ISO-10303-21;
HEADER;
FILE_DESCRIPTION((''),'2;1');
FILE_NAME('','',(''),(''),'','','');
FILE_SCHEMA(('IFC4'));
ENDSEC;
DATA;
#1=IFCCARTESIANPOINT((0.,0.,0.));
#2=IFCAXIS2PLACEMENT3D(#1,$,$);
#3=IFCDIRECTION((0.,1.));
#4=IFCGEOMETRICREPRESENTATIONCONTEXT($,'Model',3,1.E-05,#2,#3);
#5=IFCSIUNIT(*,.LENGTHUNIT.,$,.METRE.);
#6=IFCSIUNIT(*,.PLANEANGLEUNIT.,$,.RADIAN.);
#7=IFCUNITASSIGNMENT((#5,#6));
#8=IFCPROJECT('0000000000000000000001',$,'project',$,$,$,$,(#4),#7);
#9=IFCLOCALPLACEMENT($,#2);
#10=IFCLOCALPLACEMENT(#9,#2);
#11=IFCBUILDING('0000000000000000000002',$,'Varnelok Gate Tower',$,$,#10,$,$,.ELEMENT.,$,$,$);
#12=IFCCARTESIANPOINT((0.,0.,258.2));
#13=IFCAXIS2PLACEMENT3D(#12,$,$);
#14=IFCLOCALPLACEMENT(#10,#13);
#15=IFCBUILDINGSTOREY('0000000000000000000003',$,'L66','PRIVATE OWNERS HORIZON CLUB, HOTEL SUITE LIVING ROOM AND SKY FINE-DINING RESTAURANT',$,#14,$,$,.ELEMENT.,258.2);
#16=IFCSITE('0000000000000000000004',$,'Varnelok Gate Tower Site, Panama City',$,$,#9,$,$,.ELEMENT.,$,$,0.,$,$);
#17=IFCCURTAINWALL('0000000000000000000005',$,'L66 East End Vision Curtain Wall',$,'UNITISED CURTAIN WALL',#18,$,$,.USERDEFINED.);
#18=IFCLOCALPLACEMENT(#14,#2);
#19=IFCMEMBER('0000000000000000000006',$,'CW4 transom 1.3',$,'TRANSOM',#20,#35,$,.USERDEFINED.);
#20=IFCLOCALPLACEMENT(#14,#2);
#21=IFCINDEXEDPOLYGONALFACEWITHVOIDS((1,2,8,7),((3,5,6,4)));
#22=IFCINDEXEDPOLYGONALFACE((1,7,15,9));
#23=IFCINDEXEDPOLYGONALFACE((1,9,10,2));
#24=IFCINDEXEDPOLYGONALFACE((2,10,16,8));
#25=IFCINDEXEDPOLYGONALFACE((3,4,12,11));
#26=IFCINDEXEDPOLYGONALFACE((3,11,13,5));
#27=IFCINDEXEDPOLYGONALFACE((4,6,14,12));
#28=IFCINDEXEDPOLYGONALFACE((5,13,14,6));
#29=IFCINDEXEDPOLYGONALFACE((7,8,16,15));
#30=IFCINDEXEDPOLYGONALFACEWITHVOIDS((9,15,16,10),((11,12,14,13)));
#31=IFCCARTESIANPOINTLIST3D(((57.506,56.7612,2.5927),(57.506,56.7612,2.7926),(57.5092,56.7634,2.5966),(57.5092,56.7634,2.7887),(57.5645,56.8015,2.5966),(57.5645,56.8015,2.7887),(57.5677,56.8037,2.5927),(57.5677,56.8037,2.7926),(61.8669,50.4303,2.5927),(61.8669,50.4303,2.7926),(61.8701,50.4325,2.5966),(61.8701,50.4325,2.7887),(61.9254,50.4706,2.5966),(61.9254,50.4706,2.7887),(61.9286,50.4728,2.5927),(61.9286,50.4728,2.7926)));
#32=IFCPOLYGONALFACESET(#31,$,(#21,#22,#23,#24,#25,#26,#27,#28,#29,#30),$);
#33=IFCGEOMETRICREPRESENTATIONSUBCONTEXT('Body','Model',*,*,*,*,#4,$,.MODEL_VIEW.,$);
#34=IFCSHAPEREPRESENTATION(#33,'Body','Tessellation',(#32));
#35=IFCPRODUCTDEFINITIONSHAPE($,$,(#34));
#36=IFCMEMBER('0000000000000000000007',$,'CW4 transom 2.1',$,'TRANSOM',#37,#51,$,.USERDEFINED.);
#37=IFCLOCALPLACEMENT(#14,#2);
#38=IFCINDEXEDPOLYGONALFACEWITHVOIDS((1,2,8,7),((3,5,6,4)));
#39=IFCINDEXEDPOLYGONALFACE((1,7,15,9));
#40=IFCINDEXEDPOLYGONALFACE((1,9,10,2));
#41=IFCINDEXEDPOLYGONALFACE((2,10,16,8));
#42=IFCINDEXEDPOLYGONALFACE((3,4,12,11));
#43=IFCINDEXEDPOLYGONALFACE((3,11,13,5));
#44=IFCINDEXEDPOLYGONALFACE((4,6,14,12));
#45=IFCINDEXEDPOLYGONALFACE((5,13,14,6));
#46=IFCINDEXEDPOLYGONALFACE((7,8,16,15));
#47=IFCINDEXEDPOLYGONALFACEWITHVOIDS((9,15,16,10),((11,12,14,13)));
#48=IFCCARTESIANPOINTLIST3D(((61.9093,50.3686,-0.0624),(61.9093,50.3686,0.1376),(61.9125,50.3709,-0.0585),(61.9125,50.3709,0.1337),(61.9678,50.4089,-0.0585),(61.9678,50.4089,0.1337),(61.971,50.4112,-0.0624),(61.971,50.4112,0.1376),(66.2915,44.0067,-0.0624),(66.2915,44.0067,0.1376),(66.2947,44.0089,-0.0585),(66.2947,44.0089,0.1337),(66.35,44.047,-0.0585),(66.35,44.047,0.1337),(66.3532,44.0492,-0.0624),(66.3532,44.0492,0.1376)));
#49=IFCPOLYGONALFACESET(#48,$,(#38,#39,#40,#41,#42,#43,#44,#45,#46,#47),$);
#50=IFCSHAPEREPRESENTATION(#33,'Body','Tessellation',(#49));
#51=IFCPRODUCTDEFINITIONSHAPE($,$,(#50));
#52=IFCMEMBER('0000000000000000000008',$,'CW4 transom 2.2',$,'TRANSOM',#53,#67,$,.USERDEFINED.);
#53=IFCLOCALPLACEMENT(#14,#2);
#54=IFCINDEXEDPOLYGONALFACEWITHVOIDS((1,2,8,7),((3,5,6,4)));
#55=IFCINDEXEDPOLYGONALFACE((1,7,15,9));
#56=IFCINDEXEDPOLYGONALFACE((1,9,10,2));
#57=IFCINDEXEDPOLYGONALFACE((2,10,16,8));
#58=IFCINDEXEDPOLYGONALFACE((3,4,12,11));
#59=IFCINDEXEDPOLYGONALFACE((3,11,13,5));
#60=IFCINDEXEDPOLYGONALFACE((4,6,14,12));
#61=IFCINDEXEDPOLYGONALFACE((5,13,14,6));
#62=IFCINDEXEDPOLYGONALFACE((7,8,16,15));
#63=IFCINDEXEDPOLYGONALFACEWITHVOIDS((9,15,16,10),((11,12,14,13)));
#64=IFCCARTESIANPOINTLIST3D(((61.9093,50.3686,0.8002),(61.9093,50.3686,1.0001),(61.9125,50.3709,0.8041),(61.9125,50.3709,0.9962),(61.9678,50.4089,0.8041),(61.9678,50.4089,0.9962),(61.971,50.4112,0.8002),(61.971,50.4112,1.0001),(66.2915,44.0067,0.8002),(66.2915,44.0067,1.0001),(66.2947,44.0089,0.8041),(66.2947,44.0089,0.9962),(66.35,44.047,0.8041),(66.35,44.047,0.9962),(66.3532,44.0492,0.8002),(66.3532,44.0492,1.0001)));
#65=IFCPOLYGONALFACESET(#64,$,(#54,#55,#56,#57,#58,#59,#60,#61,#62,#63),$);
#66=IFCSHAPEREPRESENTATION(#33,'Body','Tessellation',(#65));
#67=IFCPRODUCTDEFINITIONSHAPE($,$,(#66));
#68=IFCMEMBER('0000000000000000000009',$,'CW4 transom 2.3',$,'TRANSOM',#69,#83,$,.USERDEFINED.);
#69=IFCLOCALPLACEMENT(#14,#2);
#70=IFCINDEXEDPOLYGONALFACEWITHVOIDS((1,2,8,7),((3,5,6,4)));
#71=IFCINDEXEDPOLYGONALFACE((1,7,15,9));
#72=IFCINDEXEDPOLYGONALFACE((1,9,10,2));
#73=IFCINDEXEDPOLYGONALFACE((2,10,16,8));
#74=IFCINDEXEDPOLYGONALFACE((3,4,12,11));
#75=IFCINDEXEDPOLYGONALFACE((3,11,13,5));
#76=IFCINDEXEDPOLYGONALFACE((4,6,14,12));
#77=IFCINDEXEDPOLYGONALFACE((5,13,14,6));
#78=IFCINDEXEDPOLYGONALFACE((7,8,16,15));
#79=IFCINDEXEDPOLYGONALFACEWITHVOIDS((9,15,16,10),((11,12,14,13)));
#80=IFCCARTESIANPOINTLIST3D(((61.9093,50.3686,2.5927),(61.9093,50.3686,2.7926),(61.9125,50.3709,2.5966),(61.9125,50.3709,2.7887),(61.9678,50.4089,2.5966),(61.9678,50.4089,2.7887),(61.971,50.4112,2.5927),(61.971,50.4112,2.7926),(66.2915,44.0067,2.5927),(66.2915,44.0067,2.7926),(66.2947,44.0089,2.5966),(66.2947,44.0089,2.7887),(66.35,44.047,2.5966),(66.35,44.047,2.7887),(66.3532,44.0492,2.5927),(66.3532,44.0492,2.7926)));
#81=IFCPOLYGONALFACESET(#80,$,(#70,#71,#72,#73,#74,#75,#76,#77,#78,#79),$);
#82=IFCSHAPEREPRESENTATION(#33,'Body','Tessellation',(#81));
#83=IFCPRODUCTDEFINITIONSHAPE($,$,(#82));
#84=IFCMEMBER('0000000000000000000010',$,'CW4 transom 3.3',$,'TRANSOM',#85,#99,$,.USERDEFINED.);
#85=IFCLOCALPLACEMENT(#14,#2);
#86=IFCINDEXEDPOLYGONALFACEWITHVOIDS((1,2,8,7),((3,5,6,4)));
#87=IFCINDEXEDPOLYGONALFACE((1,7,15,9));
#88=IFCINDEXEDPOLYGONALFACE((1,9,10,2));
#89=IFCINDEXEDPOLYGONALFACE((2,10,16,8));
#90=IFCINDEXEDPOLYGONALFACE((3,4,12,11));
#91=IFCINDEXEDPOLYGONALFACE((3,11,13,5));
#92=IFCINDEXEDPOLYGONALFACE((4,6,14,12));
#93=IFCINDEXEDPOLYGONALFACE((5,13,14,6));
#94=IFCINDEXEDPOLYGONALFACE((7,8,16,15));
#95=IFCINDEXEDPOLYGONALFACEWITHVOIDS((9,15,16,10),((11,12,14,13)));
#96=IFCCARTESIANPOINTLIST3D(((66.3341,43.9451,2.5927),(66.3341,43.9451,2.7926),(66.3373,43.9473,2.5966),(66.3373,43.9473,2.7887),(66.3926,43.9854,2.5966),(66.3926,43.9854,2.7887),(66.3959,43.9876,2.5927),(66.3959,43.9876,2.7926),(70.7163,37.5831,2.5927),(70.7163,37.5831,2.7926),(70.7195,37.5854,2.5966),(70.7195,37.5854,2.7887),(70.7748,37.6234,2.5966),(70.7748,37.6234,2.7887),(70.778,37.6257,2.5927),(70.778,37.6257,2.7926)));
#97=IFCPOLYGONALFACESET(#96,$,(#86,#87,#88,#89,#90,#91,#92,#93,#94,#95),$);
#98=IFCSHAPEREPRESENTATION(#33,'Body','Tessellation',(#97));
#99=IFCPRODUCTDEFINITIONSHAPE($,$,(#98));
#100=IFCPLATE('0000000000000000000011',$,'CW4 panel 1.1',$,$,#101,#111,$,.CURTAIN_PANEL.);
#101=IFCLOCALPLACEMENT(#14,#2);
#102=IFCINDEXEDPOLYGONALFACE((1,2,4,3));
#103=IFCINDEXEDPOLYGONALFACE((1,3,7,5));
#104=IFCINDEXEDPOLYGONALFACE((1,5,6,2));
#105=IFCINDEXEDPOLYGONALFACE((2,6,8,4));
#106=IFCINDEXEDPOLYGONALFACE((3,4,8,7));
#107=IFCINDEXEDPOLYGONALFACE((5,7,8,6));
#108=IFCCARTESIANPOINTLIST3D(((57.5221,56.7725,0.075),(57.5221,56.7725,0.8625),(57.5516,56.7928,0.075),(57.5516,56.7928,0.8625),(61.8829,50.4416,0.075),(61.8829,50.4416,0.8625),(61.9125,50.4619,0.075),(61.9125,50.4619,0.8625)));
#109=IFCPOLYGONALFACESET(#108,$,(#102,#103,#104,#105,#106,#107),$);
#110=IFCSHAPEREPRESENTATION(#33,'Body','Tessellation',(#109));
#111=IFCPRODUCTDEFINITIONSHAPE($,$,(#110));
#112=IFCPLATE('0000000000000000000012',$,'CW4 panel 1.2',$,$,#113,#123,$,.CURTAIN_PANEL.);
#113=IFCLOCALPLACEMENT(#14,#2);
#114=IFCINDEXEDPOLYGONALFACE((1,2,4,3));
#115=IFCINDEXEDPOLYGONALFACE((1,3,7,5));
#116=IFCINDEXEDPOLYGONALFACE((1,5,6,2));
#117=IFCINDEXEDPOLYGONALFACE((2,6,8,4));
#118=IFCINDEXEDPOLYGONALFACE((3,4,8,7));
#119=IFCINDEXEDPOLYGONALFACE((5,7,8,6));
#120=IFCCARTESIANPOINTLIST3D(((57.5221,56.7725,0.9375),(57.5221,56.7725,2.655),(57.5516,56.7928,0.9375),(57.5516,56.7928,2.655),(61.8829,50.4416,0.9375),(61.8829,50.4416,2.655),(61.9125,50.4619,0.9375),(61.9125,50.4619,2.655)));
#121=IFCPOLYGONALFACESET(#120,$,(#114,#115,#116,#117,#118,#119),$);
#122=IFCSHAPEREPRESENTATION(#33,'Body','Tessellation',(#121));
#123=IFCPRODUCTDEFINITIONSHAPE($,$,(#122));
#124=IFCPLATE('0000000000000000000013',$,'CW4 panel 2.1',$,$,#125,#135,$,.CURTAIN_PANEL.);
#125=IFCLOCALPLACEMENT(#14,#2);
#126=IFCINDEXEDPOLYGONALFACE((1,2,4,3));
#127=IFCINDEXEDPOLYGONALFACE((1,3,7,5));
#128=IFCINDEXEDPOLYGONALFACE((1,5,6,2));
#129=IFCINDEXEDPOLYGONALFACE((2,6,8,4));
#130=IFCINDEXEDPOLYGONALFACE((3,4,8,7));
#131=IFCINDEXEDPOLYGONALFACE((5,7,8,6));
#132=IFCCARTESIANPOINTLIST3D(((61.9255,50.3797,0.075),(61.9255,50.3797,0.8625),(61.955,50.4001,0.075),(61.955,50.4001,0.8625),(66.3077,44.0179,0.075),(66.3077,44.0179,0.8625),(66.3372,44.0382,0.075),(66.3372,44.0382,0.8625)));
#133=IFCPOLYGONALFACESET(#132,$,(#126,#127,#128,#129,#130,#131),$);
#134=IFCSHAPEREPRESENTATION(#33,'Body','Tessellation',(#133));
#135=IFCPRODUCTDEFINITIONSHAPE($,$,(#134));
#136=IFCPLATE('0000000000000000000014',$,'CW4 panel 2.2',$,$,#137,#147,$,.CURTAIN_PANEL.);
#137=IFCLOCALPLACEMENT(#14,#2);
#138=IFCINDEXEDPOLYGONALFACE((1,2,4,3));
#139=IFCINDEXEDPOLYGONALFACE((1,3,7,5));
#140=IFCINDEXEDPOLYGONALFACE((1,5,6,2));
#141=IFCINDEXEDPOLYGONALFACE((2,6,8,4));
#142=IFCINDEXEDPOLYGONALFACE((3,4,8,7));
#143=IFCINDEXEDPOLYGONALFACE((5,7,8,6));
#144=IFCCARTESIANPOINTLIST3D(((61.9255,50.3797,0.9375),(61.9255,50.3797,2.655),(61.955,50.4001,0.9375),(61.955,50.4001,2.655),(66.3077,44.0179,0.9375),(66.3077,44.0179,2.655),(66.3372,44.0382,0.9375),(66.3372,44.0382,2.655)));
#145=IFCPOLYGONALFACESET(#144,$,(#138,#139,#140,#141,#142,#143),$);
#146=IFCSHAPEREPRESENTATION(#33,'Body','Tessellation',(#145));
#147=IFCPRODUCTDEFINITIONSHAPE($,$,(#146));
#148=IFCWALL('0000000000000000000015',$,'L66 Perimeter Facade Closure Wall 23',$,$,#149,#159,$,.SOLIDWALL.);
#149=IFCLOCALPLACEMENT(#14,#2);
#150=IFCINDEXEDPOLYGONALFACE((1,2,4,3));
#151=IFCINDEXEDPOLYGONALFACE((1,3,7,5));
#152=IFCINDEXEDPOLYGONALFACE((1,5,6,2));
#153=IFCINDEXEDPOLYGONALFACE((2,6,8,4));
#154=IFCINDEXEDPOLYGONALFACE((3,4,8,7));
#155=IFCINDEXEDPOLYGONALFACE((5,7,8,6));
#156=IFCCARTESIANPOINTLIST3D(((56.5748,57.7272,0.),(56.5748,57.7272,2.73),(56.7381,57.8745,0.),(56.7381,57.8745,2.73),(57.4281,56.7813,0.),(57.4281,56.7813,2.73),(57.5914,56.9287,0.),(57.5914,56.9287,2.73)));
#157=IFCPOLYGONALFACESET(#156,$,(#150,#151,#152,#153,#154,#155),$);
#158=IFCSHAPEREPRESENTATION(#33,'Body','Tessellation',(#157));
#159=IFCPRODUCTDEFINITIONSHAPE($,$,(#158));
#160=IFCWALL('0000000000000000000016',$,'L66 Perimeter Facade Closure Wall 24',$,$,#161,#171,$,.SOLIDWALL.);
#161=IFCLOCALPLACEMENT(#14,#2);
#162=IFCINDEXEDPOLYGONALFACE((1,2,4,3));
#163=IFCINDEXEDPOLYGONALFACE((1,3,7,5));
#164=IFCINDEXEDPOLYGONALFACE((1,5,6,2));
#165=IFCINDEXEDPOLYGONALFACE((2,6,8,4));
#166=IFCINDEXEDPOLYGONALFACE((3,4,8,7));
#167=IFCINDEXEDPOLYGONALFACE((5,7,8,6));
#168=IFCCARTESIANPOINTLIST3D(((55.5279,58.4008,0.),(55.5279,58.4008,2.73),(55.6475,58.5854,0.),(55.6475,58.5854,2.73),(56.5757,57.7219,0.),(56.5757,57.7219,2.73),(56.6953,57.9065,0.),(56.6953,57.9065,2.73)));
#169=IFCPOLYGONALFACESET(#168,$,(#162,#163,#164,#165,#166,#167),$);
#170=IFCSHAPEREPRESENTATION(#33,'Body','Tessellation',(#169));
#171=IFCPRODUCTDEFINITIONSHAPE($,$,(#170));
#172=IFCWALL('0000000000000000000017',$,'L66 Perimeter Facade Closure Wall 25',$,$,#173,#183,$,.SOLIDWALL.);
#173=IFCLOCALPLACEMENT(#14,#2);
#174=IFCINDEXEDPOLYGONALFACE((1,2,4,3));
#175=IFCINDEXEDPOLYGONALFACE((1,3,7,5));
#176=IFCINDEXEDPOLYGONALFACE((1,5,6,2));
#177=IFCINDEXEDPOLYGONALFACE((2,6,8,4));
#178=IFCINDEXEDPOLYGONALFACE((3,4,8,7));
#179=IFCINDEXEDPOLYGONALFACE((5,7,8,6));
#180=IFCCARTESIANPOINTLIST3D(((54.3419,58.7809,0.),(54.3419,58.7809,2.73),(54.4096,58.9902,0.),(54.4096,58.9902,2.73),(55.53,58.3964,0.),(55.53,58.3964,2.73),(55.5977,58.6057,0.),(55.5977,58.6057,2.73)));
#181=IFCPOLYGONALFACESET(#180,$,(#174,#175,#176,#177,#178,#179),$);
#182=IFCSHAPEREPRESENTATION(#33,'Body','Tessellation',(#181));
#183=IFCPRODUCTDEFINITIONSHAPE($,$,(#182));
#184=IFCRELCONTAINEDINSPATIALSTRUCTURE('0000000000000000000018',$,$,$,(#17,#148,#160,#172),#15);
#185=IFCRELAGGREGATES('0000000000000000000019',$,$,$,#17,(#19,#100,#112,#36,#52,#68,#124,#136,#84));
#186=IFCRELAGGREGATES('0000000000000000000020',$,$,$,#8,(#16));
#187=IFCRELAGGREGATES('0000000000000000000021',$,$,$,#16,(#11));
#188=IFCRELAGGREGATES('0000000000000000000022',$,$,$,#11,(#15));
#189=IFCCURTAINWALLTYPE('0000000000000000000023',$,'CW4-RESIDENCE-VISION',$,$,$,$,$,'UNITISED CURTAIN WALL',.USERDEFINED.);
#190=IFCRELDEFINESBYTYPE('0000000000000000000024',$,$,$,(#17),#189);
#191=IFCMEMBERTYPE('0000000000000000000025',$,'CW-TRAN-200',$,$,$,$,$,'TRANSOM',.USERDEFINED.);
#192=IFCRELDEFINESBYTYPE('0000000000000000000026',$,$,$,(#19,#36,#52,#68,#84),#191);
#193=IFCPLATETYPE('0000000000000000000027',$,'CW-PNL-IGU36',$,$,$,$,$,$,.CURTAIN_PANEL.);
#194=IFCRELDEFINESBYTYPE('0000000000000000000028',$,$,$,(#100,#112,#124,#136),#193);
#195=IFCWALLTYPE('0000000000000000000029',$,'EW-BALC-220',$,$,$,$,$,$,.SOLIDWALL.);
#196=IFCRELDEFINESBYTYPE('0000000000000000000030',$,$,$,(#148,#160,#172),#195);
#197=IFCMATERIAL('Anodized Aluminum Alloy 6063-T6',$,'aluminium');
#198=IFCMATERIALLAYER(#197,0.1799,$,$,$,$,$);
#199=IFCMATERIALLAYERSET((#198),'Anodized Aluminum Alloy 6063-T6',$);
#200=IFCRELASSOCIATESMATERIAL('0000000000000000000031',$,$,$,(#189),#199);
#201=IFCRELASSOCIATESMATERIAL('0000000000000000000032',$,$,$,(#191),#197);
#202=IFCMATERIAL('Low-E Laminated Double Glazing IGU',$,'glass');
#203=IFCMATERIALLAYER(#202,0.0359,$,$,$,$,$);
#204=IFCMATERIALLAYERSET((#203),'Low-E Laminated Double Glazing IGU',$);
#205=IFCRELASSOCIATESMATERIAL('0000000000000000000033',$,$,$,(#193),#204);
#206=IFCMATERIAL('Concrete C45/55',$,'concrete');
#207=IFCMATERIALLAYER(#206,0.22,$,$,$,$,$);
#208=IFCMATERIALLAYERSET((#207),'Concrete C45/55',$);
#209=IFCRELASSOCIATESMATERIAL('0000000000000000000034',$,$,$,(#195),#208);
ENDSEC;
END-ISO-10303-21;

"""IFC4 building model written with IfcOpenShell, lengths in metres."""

from ifc_helpers import new_model, si_unit, direction, frame, frame_2d, origin, origin_2d, place, context, subcontext, project, spatial, rectangle, hollow_rectangle, extrude, source, transform, mapped, material, layer, layer_set, material_profile, profile_set, type_object, element, aggregate, save


model = new_model("IFC4")

# Units and contexts
model_context = context("Model", 3, precision=1e-05, world=origin(), true_north=direction((0.0, 1.0)))
body_context = subcontext(model_context, "Body", "Model", "MODEL_VIEW")
ifc_project = project(units=[si_unit("LENGTHUNIT", "METRE"), si_unit("PLANEANGLEUNIT", "RADIAN")], contexts=[model_context])

# Site, building, storey
site_placement = place(None, origin())
site = spatial("IfcSite", under=ifc_project, at=site_placement, Name="Varnelok Gate Tower Site, Panama City", CompositionType="ELEMENT", RefElevation=0.0)
building_placement = place(site_placement, origin())
building = spatial("IfcBuilding", under=site, at=building_placement, Name="Varnelok Gate Tower", CompositionType="ELEMENT")
storey_placement = place(building_placement, frame((0.0, 0.0, 258.2)))
storey = spatial("IfcBuildingStorey", under=building, at=storey_placement, Name="L66", Description="PRIVATE OWNERS HORIZON CLUB, HOTEL SUITE LIVING ROOM AND SKY FINE-DINING RESTAURANT", CompositionType="ELEMENT", Elevation=258.2)

# Curtain wall, members, plates
ifc_material_1 = material(Name="Anodized Aluminum Alloy 6063-T6", Category="aluminium")
ifc_layer_1 = layer(ifc_material_1, 0.1799)
ifc_layer_set_1 = layer_set([ifc_layer_1], Name="Anodized Aluminum Alloy 6063-T6")
curtain_wall_type = type_object("IfcCurtainWallType", Name="CW4-RESIDENCE-VISION", ElementType="UNITISED CURTAIN WALL", PredefinedType="USERDEFINED", material=ifc_layer_set_1)
curtain_wall_placement = place(storey_placement, origin())
curtain_wall = element("IfcCurtainWall", 1, at=curtain_wall_placement, inside=storey, type_object=curtain_wall_type, Name="L66 East End Vision Curtain Wall", ObjectType="UNITISED CURTAIN WALL", PredefinedType="USERDEFINED")
ifc_material_profile_1 = material_profile(ifc_material_1, hollow_rectangle(XDim=0.075, YDim=0.2, WallThickness=0.0039, at=origin_2d()), Name="ALU200X75X4")
ifc_profile_set_1 = profile_set([ifc_material_profile_1], Name="Anodized Aluminum Alloy 6063-T6")
member_type_1 = type_object("IfcMemberType", Name="CW-TRAN-200", ElementType="TRANSOM", PredefinedType="USERDEFINED", material=ifc_profile_set_1)
member_1_placement = place(storey_placement, frame((57.5369, 56.7825, 2.6926), z_axis=(0.567271, -0.823531, 0.0), x_axis=(0.823531, 0.567271, 0.0)))
member_1 = element("IfcMember", 2, at=member_1_placement, type_object=member_type_1, Name="CW4 transom 1.3", ObjectType="TRANSOM", PredefinedType="USERDEFINED", context=body_context, shape_type="SweptSolid", body=[
    extrude(hollow_rectangle(XDim=0.075, YDim=0.2, WallThickness=0.0039, at=origin_2d()), origin(), (0.0, 0.0, 1.0), 7.6875),
])
member_2_placement = place(storey_placement, frame((61.9402, 50.3899, 0.0376), z_axis=(0.567261, -0.823538, 0.0), x_axis=(0.823538, 0.567261, 0.0)))
member_2 = element("IfcMember", 3, at=member_2_placement, type_object=member_type_1, Name="CW4 transom 2.1", ObjectType="TRANSOM", PredefinedType="USERDEFINED", context=body_context, shape_type="SweptSolid", body=[
    extrude(hollow_rectangle(XDim=0.075, YDim=0.2, WallThickness=0.0039, at=origin_2d()), origin(), (0.0, 0.0, 1.0), 7.7251),
])
member_3_placement = place(storey_placement, frame((61.9402, 50.3899, 0.9001), z_axis=(0.567261, -0.823538, 0.0), x_axis=(0.823538, 0.567261, 0.0)))
member_3 = element("IfcMember", 4, at=member_3_placement, type_object=member_type_1, Name="CW4 transom 2.2", ObjectType="TRANSOM", PredefinedType="USERDEFINED", context=body_context, shape_type="SweptSolid", body=[
    extrude(hollow_rectangle(XDim=0.075, YDim=0.2, WallThickness=0.0039, at=origin_2d()), origin(), (0.0, 0.0, 1.0), 7.7251),
])
member_4_placement = place(storey_placement, frame((61.9402, 50.3899, 2.6926), z_axis=(0.567261, -0.823538, 0.0), x_axis=(0.823538, 0.567261, 0.0)))
member_4 = element("IfcMember", 5, at=member_4_placement, type_object=member_type_1, Name="CW4 transom 2.3", ObjectType="TRANSOM", PredefinedType="USERDEFINED", context=body_context, shape_type="SweptSolid", body=[
    extrude(hollow_rectangle(XDim=0.075, YDim=0.2, WallThickness=0.0039, at=origin_2d()), origin(), (0.0, 0.0, 1.0), 7.7251),
])
member_5_placement = place(storey_placement, frame((66.365, 43.9663, 2.6926), z_axis=(0.567261, -0.823538, 0.0), x_axis=(0.823538, 0.567261, 0.0)))
member_5 = element("IfcMember", 6, at=member_5_placement, type_object=member_type_1, Name="CW4 transom 3.3", ObjectType="TRANSOM", PredefinedType="USERDEFINED", context=body_context, shape_type="SweptSolid", body=[
    extrude(hollow_rectangle(XDim=0.075, YDim=0.2, WallThickness=0.0039, at=origin_2d()), origin(), (0.0, 0.0, 1.0), 7.7251),
])
ifc_material_2 = material(Name="Low-E Laminated Double Glazing IGU", Category="glass")
ifc_layer_2 = layer(ifc_material_2, 0.0359)
ifc_layer_set_2 = layer_set([ifc_layer_2], Name="Low-E Laminated Double Glazing IGU")
plate_type = type_object("IfcPlateType", Name="CW-PNL-IGU36", PredefinedType="CURTAIN_PANEL", material=ifc_layer_set_2)
shared_shape_1 = source(origin(), body_context, "Body", "SweptSolid", [
    extrude(rectangle(XDim=7.6875, YDim=0.0359, at=origin_2d()), origin(), (0.0, 0.0, 1.0), 0.7876),
])
plate_1_placement = place(storey_placement, frame((59.7173, 53.6172, 0.075), z_axis=(0.0, 0.0, 1.0), x_axis=(0.567269, -0.823532, 0.0)))
plate_1 = element("IfcPlate", 7, at=plate_1_placement, type_object=plate_type, Name="CW4 panel 1.1", PredefinedType="CURTAIN_PANEL", context=body_context, shape_type="MappedRepresentation", body=[
    mapped(shared_shape_1, transform((0.0, 0.0, 0.0), scale=1.0)),
])
shared_shape_2 = source(origin(), body_context, "Body", "SweptSolid", [
    extrude(rectangle(XDim=7.6875, YDim=0.0359, at=origin_2d()), origin(), (0.0, 0.0, 1.0), 1.7175),
])
plate_2_placement = place(storey_placement, frame((59.7173, 53.6172, 0.9375), z_axis=(0.0, 0.0, 1.0), x_axis=(0.567269, -0.823532, 0.0)))
plate_2 = element("IfcPlate", 8, at=plate_2_placement, type_object=plate_type, Name="CW4 panel 1.2", PredefinedType="CURTAIN_PANEL", context=body_context, shape_type="MappedRepresentation", body=[
    mapped(shared_shape_2, transform((0.0, 0.0, 0.0), scale=1.0)),
])
shared_shape_3 = source(origin(), body_context, "Body", "SweptSolid", [
    extrude(rectangle(XDim=7.7251, YDim=0.0359, at=origin_2d()), origin(), (0.0, 0.0, 1.0), 0.7876),
])
plate_3_placement = place(storey_placement, frame((64.1313, 47.209, 0.075), z_axis=(0.0, 0.0, 1.0), x_axis=(0.567269, -0.823532, 0.0)))
plate_3 = element("IfcPlate", 9, at=plate_3_placement, type_object=plate_type, Name="CW4 panel 2.1", PredefinedType="CURTAIN_PANEL", context=body_context, shape_type="MappedRepresentation", body=[
    mapped(shared_shape_3, transform((0.0, 0.0, 0.0), scale=1.0)),
])
shared_shape_4 = source(origin(), body_context, "Body", "SweptSolid", [
    extrude(rectangle(XDim=7.7251, YDim=0.0359, at=origin_2d()), origin(), (0.0, 0.0, 1.0), 1.7175),
])
plate_4_placement = place(storey_placement, frame((64.1313, 47.209, 0.9375), z_axis=(0.0, 0.0, 1.0), x_axis=(0.567269, -0.823532, 0.0)))
plate_4 = element("IfcPlate", 10, at=plate_4_placement, type_object=plate_type, Name="CW4 panel 2.2", PredefinedType="CURTAIN_PANEL", context=body_context, shape_type="MappedRepresentation", body=[
    mapped(shared_shape_4, transform((0.0, 0.0, 0.0), scale=1.0)),
])
aggregate(curtain_wall, [member_1, plate_1, plate_2, member_2, member_3, member_4, plate_3, plate_4, member_5])

# Walls
ifc_material_3 = material(Name="Concrete C45/55", Category="concrete")
ifc_layer_3 = layer(ifc_material_3, 0.22)
ifc_layer_set_3 = layer_set([ifc_layer_3], Name="Concrete C45/55")
wall_type = type_object("IfcWallType", Name="EW-BALC-220", PredefinedType="SOLIDWALL", material=ifc_layer_set_3)
wall_1_placement = place(storey_placement, frame((57.5098, 56.855, 0.0), z_axis=(0.0, 0.0, 1.0), x_axis=(-0.669854, 0.742493, 0.0)))
element("IfcWall", 11, at=wall_1_placement, inside=storey, type_object=wall_type, Name="L66 Perimeter Facade Closure Wall 23", PredefinedType="SOLIDWALL", context=body_context, shape_type="SweptSolid", body=[
    extrude(rectangle(XDim=1.2739, YDim=0.22, at=frame_2d((0.637, 0.0))), origin(), (0.0, 0.0, 1.0), 2.73),
])
wall_2_placement = place(storey_placement, frame((56.6355, 57.8142, 0.0), z_axis=(0.0, 0.0, 1.0), x_axis=(-0.839229, 0.543778, 0.0)))
element("IfcWall", 12, at=wall_2_placement, inside=storey, type_object=wall_type, Name="L66 Perimeter Facade Closure Wall 24", PredefinedType="SOLIDWALL", context=body_context, shape_type="SweptSolid", body=[
    extrude(rectangle(XDim=1.2485, YDim=0.22, at=frame_2d((0.6243, 0.0))), origin(), (0.0, 0.0, 1.0), 2.73),
])
for number, where, z_axis, x_axis, name in (
    (13, (55.564, 58.501, 0.0), (0.0, 0.0, 1.0), (-0.951404, 0.307945, 0.0), "L66 Perimeter Facade Closure Wall 25"),
):
    element("IfcWall", number, at=place(storey_placement, frame(where, z_axis=z_axis, x_axis=x_axis)), inside=storey, type_object=wall_type, Name=name, PredefinedType="SOLIDWALL", context=body_context, shape_type="SweptSolid", body=[
        extrude(rectangle(XDim=1.2488, YDim=0.22, at=frame_2d((0.6245, 0.0))), origin(), (0.0, 0.0, 1.0), 2.73),
    ])

save(model, "model.ifc")
